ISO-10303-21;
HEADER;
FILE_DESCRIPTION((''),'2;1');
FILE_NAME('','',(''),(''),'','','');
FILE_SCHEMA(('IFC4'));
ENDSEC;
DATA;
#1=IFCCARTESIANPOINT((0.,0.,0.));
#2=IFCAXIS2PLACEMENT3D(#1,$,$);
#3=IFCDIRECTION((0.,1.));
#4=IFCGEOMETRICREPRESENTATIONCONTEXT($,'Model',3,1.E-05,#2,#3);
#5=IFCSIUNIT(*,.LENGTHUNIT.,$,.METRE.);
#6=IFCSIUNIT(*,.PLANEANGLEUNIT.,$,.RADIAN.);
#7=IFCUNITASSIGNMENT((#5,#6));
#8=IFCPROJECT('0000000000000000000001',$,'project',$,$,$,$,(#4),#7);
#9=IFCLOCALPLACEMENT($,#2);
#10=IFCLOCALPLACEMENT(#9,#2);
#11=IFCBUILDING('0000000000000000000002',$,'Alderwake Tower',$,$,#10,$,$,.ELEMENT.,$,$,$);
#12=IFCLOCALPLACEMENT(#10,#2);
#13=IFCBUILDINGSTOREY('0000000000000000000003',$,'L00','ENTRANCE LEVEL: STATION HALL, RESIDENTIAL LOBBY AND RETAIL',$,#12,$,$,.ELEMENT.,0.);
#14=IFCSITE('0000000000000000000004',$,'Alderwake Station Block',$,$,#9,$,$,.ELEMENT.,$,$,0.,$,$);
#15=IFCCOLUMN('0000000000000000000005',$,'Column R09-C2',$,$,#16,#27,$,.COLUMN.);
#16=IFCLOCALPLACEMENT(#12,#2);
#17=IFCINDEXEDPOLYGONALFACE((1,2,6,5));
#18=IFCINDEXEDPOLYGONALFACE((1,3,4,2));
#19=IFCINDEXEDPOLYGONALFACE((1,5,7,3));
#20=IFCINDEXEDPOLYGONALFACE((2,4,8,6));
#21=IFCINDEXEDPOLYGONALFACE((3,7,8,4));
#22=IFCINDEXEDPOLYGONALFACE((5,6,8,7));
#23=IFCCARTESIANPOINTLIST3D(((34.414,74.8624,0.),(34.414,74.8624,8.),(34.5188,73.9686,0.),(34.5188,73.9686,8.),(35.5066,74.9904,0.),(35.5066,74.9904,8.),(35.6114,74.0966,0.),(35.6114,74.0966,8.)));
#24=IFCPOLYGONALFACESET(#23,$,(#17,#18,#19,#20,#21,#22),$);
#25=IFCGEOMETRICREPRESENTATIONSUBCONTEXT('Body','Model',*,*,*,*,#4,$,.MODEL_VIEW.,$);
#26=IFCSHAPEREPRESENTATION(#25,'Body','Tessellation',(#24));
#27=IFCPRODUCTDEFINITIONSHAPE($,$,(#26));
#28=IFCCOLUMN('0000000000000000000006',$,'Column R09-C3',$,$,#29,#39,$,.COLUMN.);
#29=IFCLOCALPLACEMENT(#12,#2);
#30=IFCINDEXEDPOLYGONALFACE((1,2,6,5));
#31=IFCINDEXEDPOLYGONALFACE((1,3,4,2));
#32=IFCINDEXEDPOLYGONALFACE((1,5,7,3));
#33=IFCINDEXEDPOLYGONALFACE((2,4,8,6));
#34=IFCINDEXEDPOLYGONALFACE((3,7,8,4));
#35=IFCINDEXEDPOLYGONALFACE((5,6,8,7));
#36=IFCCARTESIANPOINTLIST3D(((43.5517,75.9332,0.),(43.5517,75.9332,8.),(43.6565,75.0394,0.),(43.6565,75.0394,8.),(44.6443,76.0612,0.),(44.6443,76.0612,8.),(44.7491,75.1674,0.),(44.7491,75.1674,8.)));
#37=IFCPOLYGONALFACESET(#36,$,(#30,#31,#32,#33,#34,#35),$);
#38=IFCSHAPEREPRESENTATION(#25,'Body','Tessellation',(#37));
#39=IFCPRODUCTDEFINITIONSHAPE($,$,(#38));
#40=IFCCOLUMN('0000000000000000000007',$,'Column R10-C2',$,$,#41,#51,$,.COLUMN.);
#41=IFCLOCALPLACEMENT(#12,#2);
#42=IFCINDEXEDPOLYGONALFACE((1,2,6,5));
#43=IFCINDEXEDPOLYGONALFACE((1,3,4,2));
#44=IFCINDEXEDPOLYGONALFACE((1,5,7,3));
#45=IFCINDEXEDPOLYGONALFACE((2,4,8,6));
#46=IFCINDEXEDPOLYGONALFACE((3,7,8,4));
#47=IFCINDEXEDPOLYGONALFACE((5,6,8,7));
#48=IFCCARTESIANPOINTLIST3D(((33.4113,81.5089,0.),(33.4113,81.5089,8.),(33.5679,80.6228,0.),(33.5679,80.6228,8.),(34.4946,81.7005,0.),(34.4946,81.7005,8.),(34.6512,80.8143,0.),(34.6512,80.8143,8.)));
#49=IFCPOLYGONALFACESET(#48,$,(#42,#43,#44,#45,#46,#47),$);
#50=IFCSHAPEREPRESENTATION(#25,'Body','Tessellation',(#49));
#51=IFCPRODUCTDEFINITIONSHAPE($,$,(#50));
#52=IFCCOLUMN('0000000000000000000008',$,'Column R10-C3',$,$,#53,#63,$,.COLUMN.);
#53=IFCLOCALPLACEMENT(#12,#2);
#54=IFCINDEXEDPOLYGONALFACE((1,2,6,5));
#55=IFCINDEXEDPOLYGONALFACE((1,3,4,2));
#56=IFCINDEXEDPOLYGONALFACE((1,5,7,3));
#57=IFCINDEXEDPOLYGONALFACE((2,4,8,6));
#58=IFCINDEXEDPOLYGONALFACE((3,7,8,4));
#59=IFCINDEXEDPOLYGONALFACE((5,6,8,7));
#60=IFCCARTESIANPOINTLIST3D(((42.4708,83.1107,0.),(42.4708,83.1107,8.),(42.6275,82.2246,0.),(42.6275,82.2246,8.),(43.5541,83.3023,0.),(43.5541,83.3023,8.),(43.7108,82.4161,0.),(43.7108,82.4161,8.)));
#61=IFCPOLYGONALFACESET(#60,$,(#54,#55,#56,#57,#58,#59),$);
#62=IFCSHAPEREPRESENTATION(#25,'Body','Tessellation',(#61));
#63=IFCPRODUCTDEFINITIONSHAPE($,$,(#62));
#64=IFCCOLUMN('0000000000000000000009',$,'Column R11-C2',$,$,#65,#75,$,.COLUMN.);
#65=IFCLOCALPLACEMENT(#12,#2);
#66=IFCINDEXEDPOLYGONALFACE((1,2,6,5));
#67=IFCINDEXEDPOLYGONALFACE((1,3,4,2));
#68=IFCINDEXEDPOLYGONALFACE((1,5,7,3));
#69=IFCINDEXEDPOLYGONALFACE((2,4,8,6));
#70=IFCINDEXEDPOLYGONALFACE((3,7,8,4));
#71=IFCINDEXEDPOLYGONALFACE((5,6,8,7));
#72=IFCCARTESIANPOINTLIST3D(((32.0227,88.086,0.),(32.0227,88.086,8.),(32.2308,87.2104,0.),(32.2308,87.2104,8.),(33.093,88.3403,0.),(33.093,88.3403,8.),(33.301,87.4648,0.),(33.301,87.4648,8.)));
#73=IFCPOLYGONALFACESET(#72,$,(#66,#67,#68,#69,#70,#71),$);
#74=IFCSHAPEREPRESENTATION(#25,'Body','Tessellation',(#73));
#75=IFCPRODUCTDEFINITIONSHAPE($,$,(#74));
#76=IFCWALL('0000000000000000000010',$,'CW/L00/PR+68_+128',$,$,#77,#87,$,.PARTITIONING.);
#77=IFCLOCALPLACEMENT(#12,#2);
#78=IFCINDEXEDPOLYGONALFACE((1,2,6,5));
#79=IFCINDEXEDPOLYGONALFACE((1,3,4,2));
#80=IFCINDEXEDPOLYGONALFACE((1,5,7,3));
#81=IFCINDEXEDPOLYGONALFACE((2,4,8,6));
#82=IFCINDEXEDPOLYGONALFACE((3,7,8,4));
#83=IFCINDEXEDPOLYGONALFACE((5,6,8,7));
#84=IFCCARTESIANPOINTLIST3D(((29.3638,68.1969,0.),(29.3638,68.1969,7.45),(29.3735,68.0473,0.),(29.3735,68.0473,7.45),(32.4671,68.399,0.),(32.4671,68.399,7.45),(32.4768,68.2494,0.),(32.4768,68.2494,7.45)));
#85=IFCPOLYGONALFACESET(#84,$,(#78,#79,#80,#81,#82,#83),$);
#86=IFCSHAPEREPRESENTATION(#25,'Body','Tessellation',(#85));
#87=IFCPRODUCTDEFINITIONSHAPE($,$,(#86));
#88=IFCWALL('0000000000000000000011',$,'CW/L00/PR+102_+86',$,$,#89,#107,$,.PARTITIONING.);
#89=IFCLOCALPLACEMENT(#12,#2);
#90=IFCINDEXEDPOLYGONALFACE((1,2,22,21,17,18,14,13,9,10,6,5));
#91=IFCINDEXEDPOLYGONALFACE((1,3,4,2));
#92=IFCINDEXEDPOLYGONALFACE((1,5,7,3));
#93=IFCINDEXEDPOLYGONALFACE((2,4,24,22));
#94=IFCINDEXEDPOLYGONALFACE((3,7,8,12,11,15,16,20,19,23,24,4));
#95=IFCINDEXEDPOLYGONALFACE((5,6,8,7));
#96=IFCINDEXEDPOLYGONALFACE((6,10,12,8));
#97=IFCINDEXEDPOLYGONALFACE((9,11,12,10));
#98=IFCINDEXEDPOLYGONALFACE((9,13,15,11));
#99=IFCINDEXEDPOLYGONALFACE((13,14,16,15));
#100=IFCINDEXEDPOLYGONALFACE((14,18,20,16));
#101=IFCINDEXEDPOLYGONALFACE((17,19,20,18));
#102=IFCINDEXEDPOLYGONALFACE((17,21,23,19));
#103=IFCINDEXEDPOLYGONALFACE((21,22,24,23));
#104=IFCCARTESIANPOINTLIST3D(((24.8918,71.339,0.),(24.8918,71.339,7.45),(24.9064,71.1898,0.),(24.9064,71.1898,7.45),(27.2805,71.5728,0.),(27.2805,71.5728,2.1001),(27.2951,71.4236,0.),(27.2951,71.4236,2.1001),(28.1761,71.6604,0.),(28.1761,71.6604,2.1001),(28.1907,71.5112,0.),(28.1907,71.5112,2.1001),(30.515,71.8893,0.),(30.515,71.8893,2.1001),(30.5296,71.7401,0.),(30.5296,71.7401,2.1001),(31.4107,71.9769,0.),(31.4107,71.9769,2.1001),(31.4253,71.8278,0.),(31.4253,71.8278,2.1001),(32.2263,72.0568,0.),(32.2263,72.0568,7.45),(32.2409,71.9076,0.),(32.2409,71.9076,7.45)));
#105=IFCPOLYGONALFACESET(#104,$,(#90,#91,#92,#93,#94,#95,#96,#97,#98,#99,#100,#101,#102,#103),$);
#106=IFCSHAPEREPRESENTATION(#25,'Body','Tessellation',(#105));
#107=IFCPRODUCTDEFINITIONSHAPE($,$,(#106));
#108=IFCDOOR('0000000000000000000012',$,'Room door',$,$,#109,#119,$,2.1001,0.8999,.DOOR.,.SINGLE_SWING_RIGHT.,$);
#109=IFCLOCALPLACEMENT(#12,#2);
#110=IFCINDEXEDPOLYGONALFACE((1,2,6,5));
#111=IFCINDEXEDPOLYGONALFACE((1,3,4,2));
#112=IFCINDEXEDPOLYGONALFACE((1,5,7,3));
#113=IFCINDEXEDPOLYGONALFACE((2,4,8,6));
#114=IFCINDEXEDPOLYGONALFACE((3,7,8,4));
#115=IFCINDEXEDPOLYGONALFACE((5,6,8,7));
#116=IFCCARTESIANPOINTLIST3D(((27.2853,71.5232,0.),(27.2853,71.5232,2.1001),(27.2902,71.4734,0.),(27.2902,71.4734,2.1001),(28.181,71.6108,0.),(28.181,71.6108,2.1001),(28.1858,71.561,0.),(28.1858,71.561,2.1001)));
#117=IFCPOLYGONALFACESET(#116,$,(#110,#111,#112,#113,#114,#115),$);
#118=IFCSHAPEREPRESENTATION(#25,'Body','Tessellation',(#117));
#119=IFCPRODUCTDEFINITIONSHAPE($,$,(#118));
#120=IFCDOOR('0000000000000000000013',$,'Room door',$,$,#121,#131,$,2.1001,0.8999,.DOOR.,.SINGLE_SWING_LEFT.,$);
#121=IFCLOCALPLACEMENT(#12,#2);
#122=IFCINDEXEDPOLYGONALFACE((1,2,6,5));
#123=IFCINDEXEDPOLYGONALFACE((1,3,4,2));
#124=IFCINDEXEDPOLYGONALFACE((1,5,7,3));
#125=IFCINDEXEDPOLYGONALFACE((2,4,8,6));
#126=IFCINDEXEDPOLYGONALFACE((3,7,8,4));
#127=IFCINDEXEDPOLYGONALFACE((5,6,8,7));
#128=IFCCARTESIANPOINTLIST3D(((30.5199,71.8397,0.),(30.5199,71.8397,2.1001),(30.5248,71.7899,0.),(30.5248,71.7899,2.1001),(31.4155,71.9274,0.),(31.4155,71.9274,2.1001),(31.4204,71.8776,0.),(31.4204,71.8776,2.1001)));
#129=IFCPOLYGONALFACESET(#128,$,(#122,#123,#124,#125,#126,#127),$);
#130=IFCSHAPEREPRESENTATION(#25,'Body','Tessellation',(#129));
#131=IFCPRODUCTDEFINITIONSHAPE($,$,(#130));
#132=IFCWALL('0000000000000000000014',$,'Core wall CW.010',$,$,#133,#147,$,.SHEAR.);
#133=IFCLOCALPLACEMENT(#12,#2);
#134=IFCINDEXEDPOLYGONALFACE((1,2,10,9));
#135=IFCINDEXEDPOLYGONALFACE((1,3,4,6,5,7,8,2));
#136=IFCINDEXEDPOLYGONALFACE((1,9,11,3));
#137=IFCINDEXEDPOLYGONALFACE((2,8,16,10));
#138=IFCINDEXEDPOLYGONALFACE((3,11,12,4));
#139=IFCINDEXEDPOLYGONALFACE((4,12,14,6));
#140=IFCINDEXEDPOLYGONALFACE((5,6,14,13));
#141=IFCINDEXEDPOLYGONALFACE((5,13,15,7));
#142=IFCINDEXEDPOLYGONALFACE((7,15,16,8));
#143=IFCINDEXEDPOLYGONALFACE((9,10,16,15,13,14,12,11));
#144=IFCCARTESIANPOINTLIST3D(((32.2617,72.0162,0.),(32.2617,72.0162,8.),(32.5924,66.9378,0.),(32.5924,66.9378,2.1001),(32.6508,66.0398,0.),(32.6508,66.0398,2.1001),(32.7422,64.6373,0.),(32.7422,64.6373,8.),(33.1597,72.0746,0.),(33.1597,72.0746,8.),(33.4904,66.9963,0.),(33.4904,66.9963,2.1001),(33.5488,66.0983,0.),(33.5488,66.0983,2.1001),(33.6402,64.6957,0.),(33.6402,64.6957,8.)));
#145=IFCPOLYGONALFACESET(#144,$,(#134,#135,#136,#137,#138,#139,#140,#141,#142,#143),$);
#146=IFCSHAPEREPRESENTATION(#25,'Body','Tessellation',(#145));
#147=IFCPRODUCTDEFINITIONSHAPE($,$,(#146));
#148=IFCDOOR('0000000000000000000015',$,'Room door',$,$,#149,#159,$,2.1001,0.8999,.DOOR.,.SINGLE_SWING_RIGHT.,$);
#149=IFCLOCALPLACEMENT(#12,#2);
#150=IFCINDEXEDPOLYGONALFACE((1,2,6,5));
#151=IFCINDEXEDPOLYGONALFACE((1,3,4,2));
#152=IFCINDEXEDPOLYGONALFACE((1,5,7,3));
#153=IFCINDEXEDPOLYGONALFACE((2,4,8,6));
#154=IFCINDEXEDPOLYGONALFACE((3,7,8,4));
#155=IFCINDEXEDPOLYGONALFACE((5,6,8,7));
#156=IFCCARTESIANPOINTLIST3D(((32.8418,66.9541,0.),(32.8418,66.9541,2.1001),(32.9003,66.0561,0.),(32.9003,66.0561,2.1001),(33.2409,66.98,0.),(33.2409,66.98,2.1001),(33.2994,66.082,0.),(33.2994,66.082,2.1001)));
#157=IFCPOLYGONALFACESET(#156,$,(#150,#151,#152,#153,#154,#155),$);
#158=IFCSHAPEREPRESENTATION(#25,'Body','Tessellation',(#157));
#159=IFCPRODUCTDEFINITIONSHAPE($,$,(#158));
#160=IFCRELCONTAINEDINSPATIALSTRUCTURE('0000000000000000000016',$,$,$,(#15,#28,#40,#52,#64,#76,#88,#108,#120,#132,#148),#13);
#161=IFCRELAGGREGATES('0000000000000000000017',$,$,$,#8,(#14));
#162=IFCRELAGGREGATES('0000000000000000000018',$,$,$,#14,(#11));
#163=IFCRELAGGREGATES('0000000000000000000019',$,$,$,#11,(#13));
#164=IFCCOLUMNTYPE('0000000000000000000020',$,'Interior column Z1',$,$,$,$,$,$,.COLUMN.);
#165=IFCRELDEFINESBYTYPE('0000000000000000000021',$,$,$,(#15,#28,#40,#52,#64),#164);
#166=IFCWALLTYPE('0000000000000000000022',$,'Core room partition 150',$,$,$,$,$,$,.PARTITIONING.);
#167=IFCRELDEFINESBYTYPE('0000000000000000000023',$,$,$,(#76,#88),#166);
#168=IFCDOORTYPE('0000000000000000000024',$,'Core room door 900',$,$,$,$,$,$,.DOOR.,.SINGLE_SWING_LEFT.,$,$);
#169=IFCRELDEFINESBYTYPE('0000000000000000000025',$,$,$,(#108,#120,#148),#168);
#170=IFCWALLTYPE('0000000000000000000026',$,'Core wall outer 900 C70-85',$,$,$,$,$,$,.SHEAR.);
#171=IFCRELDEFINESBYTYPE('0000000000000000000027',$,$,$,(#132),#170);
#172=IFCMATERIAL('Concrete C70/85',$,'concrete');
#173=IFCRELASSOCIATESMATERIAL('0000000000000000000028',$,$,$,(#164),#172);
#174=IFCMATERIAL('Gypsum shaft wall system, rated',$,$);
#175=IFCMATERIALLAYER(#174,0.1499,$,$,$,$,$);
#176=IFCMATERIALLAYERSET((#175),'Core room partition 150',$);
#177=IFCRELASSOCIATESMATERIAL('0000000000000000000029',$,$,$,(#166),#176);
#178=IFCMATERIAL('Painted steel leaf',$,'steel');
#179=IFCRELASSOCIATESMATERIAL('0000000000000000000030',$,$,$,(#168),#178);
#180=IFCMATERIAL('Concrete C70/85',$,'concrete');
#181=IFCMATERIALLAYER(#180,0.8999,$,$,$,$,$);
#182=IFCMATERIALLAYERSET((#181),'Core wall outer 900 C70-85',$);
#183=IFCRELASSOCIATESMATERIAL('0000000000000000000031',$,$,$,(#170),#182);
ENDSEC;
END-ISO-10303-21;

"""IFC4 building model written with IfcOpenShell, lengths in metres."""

from ifc_helpers import new_model, si_unit, direction, frame, frame_2d, origin, origin_2d, place, context, subcontext, project, spatial, rectangle, extrude, material, layer, layer_set, material_profile, profile_set, type_object, element, fill, save


model = new_model("IFC4")

# Units and contexts
model_context = context("Model", 3, precision=1e-05, world=origin(), true_north=direction((0.0, 1.0)))
body_context = subcontext(model_context, "Body", "Model", "MODEL_VIEW")
ifc_project = project(units=[si_unit("LENGTHUNIT", "METRE"), si_unit("PLANEANGLEUNIT", "RADIAN")], contexts=[model_context])

# Site, building, storey
site_placement = place(None, origin())
site = spatial("IfcSite", under=ifc_project, at=site_placement, Name="Alderwake Station Block", CompositionType="ELEMENT", RefElevation=0.0)
building_placement = place(site_placement, origin())
building = spatial("IfcBuilding", under=site, at=building_placement, Name="Alderwake Tower", CompositionType="ELEMENT")
storey_placement = place(building_placement, origin())
storey = spatial("IfcBuildingStorey", under=building, at=storey_placement, Name="L00", Description="ENTRANCE LEVEL: STATION HALL, RESIDENTIAL LOBBY AND RETAIL", CompositionType="ELEMENT", Elevation=0.0)

# Columns
ifc_material_1 = material(Name="Concrete C70/85", Category="concrete")
ifc_material_profile = material_profile(ifc_material_1, rectangle(XDim=0.8999, YDim=1.1001, at=origin_2d()), Name="RC 1100X900")
ifc_profile_set = profile_set([ifc_material_profile], Name="Concrete C70/85")
column_type = type_object("IfcColumnType", Name="Interior column Z1", PredefinedType="COLUMN", material=ifc_profile_set)
for number, where, z_axis, x_axis, name in (
    (1, (35.0127, 74.4795, 0.0), (0.0, 0.0, 1.0), (-0.116402, 0.993202, 0.0), "Column R09-C2"),
    (2, (44.1504, 75.5503, 0.0), (0.0, 0.0, 1.0), (-0.116402, 0.993202, 0.0), "Column R09-C3"),
    (3, (34.0312, 81.1616, 0.0), (0.0, 0.0, 1.0), (-0.174109, 0.984726, 0.0), "Column R10-C2"),
    (4, (43.0908, 82.7634, 0.0), (0.0, 0.0, 1.0), (-0.174109, 0.984726, 0.0), "Column R10-C3"),
    (5, (32.6619, 87.7754, 0.0), (0.0, 0.0, 1.0), (-0.231222, 0.972901, 0.0), "Column R11-C2"),
):
    element("IfcColumn", number, at=place(storey_placement, frame(where, z_axis=z_axis, x_axis=x_axis)), inside=storey, type_object=column_type, Name=name, PredefinedType="COLUMN", context=body_context, shape_type="SweptSolid", body=[
        extrude(rectangle(XDim=0.8999, YDim=1.1001, at=origin_2d()), origin(), (0.0, 0.0, 1.0), 8.0),
    ])

# Wall
ifc_material_2 = material(Name="Gypsum shaft wall system, rated")
ifc_layer_1 = layer(ifc_material_2, 0.1499)
ifc_layer_set_1 = layer_set([ifc_layer_1], Name="Core room partition 150")
wall_type_1 = type_object("IfcWallType", Name="Core room partition 150", PredefinedType="PARTITIONING", material=ifc_layer_set_1)
wall_1_placement = place(storey_placement, frame((29.3687, 68.1221, 0.0), z_axis=(0.0, 0.0, 1.0), x_axis=(0.997885, 0.065003, 0.0)))
element("IfcWall", 6, at=wall_1_placement, inside=storey, type_object=wall_type_1, Name="CW/L00/PR+68_+128", PredefinedType="PARTITIONING", context=body_context, shape_type="SweptSolid", body=[
    extrude(rectangle(XDim=3.1099, YDim=0.1499, at=frame_2d((1.5549, 0.0))), origin(), (0.0, 0.0, 1.0), 7.45),
])

# Wall, openings, doors
wall_2_placement = place(storey_placement, frame((32.2336, 71.9822, 0.0), z_axis=(0.0, 0.0, 1.0), x_axis=(-0.995246, -0.097398, 0.0)))
wall_2 = element("IfcWall", 7, at=wall_2_placement, inside=storey, type_object=wall_type_1, Name="CW/L00/PR+102_+86", PredefinedType="PARTITIONING", context=body_context, shape_type="SweptSolid", body=[
    extrude(rectangle(XDim=7.3696, YDim=0.1499, at=frame_2d((3.6848, 0.0))), origin(), (0.0, 0.0, 1.0), 7.45),
])
opening_1_placement = place(wall_2_placement, frame((4.0696, 0.0, 0.0)))
opening_1 = element("IfcOpeningElement", 8, at=opening_1_placement, cuts=wall_2, PredefinedType="OPENING", context=body_context, shape_type="SweptSolid", body=[
    extrude(rectangle(XDim=0.8999, YDim=2.1001, at=frame_2d((0.45, 1.05))), frame((0.0, 0.085, 0.0), z_axis=(0.0, -1.0, 0.0), x_axis=(1.0, 0.0, 0.0)), (0.0, 0.0, 1.0), 0.1699),
])
opening_2_placement = place(wall_2_placement, frame((0.8196, 0.0, 0.0)))
opening_2 = element("IfcOpeningElement", 9, at=opening_2_placement, cuts=wall_2, PredefinedType="OPENING", context=body_context, shape_type="SweptSolid", body=[
    extrude(rectangle(XDim=0.8999, YDim=2.1001, at=frame_2d((0.45, 1.05))), frame((0.0, 0.085, 0.0), z_axis=(0.0, -1.0, 0.0), x_axis=(1.0, 0.0, 0.0)), (0.0, 0.0, 1.0), 0.1699),
])
ifc_material_3 = material(Name="Painted steel leaf", Category="steel")
door_type_1 = type_object("IfcDoorType", Name="Core room door 900", OperationType="SINGLE_SWING_LEFT", PredefinedType="DOOR", material=ifc_material_3)
door_1_placement = place(opening_1_placement, origin())
door_1 = element("IfcDoor", 10, at=door_1_placement, inside=storey, type_object=door_type_1, Name="Room door", OperationType="SINGLE_SWING_RIGHT", OverallHeight=2.1001, OverallWidth=0.8999, PredefinedType="DOOR", context=body_context, shape_type="SweptSolid", body=[
    extrude(rectangle(XDim=0.8999, YDim=2.1001, at=frame_2d((0.45, 1.05))), frame((0.0, 0.0249, 0.0), z_axis=(0.0, -1.0, 0.0), x_axis=(1.0, 0.0, 0.0)), (0.0, 0.0, 1.0), 0.05),
])
fill(opening_1, door_1)
door_2_placement = place(opening_2_placement, origin())
door_2 = element("IfcDoor", 11, at=door_2_placement, inside=storey, type_object=door_type_1, Name="Room door", OperationType="SINGLE_SWING_LEFT", OverallHeight=2.1001, OverallWidth=0.8999, PredefinedType="DOOR", context=body_context, shape_type="SweptSolid", body=[
    extrude(rectangle(XDim=0.8999, YDim=2.1001, at=frame_2d((0.45, 1.05))), frame((0.0, 0.0249, 0.0), z_axis=(0.0, -1.0, 0.0), x_axis=(1.0, 0.0, 0.0)), (0.0, 0.0, 1.0), 0.05),
])
fill(opening_2, door_2)

# Wall, opening, door
ifc_material_4 = material(Name="Concrete C70/85", Category="concrete")
ifc_layer_2 = layer(ifc_material_4, 0.8999)
ifc_layer_set_2 = layer_set([ifc_layer_2], Name="Core wall outer 900 C70-85")
wall_type_2 = type_object("IfcWallType", Name="Core wall outer 900 C70-85", PredefinedType="SHEAR", material=ifc_layer_set_2)
wall_3_placement = place(storey_placement, frame((32.7107, 72.0454, 0.0), z_axis=(0.0, 0.0, 1.0), x_axis=(0.064976, -0.997887, 0.0)))
wall_3 = element("IfcWall", 12, at=wall_3_placement, inside=storey, type_object=wall_type_2, Name="Core wall CW.010", PredefinedType="SHEAR", context=body_context, shape_type="SweptSolid", body=[
    extrude(rectangle(XDim=7.3945, YDim=0.8999, at=frame_2d((3.6973, 0.0))), origin(), (0.0, 0.0, 1.0), 8.0),
])
opening_3_placement = place(wall_3_placement, frame((5.0891, 0.0, 0.0)))
opening_3 = element("IfcOpeningElement", 13, at=opening_3_placement, cuts=wall_3, PredefinedType="OPENING", context=body_context, shape_type="SweptSolid", body=[
    extrude(rectangle(XDim=0.8999, YDim=2.1001, at=frame_2d((0.45, 1.05))), frame((0.0, 0.46, 0.0), z_axis=(0.0, -1.0, 0.0), x_axis=(1.0, 0.0, 0.0)), (0.0, 0.0, 1.0), 0.9199),
])
door_3_placement = place(opening_3_placement, origin())
door_3 = element("IfcDoor", 14, at=door_3_placement, inside=storey, type_object=door_type_1, Name="Room door", OperationType="SINGLE_SWING_RIGHT", OverallHeight=2.1001, OverallWidth=0.8999, PredefinedType="DOOR", context=body_context, shape_type="SweptSolid", body=[
    extrude(rectangle(XDim=0.8999, YDim=2.1001, at=frame_2d((0.45, 1.05))), frame((0.0, 0.2, 0.0), z_axis=(0.0, -1.0, 0.0), x_axis=(1.0, 0.0, 0.0)), (0.0, 0.0, 1.0), 0.3999),
])
fill(opening_3, door_3)

save(model, "model.ifc")
